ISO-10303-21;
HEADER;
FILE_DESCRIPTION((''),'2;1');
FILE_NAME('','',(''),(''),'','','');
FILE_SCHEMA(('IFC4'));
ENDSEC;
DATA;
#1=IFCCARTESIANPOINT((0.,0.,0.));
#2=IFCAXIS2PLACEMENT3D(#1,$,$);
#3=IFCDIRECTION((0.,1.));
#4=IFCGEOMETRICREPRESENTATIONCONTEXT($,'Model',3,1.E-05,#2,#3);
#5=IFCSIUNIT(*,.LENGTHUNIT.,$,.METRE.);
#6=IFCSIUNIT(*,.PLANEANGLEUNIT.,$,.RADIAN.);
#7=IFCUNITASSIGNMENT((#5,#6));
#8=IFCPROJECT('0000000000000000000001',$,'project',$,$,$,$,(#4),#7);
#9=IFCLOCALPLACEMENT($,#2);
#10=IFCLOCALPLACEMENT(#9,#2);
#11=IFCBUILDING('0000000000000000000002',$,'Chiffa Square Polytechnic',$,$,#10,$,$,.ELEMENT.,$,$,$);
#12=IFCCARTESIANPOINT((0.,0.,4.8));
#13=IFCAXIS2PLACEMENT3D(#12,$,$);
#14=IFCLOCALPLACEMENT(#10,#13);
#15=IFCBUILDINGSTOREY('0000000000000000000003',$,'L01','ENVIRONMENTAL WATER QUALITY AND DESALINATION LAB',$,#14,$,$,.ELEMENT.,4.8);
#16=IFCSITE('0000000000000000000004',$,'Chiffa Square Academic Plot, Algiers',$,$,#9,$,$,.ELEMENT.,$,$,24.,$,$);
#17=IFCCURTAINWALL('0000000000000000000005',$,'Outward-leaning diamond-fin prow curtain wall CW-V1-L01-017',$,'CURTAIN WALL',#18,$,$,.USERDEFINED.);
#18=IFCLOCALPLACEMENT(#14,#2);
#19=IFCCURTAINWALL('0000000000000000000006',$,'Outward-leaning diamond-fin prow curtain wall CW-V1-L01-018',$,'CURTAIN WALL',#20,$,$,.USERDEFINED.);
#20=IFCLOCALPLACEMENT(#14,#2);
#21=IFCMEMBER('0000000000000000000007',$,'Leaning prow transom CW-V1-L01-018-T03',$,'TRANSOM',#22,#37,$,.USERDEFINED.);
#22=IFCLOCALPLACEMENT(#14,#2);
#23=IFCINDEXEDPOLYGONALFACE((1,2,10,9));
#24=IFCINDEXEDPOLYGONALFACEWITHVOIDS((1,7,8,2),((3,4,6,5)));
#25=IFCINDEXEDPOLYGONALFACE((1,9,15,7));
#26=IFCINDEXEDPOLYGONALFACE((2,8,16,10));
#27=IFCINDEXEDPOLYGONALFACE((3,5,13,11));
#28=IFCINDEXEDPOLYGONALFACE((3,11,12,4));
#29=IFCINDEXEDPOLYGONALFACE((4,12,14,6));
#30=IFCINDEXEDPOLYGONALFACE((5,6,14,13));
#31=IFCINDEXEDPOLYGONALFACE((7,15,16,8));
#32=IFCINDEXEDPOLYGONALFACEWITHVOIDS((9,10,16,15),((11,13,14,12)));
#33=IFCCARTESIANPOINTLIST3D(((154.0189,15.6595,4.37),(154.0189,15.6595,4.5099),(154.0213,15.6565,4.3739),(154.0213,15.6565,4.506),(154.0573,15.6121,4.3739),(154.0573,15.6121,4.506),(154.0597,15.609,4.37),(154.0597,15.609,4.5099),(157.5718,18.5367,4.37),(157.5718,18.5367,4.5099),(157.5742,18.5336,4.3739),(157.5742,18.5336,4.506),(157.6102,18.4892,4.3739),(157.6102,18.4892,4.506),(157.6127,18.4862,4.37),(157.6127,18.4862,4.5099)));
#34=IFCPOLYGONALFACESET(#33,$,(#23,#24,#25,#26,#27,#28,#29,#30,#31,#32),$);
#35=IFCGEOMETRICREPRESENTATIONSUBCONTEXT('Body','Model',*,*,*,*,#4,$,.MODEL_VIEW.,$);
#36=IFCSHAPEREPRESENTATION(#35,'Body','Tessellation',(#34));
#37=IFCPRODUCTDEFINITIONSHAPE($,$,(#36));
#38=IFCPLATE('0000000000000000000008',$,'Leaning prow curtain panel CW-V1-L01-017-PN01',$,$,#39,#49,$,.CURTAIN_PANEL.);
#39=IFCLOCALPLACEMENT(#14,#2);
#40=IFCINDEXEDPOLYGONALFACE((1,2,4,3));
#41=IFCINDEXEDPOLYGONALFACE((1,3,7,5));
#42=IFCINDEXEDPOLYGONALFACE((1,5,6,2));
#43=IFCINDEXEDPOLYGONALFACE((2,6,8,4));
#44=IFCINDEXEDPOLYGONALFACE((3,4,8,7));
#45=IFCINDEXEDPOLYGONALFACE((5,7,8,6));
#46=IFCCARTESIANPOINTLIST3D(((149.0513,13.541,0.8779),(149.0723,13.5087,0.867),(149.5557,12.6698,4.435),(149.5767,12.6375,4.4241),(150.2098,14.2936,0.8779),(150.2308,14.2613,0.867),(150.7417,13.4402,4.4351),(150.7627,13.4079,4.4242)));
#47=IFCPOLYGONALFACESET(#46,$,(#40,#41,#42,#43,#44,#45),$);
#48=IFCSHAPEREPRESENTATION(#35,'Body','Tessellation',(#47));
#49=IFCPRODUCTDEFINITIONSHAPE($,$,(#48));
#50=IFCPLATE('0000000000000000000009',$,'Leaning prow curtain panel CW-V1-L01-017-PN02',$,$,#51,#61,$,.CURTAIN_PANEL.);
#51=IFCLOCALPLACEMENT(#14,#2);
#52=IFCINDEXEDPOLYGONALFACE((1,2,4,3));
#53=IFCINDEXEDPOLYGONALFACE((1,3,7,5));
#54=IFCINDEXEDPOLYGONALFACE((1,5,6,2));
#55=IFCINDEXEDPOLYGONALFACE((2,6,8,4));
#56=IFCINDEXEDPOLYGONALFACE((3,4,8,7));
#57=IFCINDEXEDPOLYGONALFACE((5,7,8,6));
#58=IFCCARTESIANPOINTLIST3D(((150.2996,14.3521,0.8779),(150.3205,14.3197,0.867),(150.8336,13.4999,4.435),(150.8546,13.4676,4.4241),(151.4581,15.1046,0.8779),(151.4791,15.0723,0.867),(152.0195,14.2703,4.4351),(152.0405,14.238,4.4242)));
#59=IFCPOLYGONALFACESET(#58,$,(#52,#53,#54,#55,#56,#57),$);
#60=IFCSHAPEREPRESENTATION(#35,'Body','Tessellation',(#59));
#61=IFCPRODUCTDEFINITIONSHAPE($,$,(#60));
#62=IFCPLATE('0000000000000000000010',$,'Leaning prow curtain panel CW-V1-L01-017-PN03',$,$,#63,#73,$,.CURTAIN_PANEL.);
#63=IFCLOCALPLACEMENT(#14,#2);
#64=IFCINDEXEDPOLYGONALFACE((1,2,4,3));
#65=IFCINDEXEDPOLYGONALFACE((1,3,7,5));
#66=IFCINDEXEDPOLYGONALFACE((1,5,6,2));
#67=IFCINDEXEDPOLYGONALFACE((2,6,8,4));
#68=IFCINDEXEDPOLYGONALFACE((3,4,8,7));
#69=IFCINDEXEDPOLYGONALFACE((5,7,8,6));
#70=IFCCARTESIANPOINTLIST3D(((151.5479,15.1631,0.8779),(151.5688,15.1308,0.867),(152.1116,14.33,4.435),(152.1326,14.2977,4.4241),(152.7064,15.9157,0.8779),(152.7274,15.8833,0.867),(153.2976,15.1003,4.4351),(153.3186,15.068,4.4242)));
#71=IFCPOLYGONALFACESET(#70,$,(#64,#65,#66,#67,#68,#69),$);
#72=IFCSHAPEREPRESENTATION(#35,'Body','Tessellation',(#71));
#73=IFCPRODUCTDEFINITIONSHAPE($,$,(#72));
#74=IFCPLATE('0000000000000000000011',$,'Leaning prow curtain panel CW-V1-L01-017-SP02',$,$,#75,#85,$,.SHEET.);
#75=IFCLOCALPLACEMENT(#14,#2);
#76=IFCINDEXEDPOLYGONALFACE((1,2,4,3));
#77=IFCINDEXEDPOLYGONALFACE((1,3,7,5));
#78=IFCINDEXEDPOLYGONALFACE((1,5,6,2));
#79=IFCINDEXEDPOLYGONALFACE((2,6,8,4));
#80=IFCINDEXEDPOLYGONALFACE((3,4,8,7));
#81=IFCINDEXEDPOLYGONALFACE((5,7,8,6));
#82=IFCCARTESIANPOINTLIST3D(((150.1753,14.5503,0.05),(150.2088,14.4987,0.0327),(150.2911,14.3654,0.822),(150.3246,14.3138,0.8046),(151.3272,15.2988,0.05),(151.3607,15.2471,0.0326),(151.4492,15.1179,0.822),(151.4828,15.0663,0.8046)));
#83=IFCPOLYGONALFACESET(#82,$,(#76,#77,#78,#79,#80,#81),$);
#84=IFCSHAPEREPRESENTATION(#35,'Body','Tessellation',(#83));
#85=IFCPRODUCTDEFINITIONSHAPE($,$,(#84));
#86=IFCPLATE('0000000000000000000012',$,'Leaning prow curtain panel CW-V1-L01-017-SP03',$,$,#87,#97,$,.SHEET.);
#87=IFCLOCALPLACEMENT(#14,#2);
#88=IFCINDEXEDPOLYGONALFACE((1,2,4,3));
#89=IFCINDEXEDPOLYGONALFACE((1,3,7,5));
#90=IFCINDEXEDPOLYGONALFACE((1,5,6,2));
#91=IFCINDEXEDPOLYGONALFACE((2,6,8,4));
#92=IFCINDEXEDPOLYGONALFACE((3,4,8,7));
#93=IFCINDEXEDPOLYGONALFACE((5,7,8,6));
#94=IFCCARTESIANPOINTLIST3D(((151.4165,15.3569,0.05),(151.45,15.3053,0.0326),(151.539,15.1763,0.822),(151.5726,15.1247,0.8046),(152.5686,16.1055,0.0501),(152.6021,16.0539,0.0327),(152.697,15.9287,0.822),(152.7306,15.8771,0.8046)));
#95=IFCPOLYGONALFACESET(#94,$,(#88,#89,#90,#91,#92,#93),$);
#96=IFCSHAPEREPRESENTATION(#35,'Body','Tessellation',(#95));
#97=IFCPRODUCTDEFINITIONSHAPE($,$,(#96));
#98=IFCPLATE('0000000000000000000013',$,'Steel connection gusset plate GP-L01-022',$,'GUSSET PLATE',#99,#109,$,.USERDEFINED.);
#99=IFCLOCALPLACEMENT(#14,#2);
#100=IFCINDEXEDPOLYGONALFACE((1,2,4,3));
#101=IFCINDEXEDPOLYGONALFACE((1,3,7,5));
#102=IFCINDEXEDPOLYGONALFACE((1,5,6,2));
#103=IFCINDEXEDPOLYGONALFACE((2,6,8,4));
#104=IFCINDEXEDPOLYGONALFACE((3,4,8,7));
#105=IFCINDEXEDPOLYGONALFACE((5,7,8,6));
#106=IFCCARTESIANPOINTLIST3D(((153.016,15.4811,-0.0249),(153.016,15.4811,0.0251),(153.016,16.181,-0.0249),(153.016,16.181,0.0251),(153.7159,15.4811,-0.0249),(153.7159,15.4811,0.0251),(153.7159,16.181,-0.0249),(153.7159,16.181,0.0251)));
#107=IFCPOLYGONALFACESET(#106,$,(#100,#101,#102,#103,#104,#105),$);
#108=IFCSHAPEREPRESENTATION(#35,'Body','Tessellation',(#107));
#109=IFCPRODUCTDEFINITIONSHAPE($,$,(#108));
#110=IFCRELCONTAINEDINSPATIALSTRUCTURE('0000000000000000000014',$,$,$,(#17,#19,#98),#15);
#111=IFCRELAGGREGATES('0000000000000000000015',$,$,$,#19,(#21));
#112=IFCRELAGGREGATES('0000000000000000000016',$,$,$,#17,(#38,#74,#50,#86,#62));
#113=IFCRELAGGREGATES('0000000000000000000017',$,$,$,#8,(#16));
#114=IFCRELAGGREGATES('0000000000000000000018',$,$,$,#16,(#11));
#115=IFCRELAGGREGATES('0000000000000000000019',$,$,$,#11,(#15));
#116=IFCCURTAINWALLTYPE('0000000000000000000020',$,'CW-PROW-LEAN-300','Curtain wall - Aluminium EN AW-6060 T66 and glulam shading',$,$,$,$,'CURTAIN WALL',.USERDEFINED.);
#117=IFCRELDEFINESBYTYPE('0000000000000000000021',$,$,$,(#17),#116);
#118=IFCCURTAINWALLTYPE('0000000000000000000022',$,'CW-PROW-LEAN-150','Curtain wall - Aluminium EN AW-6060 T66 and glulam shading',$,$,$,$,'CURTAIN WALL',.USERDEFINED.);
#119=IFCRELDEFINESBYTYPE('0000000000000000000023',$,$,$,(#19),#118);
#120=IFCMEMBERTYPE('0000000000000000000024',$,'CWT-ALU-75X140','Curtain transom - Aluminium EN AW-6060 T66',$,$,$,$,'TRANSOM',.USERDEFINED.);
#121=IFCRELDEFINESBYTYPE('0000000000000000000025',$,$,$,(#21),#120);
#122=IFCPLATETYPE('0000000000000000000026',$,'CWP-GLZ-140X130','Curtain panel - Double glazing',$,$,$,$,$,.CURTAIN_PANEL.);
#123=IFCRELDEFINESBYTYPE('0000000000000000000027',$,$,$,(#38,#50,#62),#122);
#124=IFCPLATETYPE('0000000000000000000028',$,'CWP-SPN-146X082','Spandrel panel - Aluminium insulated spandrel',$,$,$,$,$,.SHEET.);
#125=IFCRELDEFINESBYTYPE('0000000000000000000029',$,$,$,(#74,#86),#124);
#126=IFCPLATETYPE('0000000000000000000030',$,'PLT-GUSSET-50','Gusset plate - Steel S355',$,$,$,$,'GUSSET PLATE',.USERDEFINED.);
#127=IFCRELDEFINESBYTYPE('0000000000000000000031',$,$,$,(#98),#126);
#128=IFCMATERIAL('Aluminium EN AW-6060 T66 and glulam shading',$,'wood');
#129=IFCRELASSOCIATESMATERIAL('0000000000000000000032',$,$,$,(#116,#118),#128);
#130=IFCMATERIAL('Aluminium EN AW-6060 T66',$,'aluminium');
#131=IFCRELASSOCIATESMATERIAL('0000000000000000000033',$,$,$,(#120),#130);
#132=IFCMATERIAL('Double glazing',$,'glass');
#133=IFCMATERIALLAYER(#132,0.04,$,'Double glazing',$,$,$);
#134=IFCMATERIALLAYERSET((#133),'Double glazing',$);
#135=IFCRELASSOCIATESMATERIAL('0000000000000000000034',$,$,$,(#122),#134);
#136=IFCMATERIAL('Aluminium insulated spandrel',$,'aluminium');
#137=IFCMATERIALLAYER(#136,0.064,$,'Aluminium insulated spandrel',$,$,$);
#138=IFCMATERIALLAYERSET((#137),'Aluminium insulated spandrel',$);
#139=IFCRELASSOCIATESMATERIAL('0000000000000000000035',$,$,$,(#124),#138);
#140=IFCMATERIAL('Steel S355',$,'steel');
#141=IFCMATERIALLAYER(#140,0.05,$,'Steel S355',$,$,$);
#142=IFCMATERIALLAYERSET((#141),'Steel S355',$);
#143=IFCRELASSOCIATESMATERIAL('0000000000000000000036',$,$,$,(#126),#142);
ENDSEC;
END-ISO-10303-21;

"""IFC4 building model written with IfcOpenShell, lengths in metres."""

from ifc_helpers import new_model, si_unit, direction, frame, origin, origin_2d, place, context, subcontext, project, spatial, polyline, rectangle, hollow_rectangle, outline, extrude, material, layer, layer_set, material_profile, profile_set, type_object, element, aggregate, save


model = new_model("IFC4")

# Units and contexts
model_context = context("Model", 3, precision=1e-05, world=origin(), true_north=direction((0.0, 1.0)))
body_context = subcontext(model_context, "Body", "Model", "MODEL_VIEW")
ifc_project = project(units=[si_unit("LENGTHUNIT", "METRE"), si_unit("PLANEANGLEUNIT", "RADIAN")], contexts=[model_context])

# Site, building, storey
site_placement = place(None, origin())
site = spatial("IfcSite", under=ifc_project, at=site_placement, Name="Chiffa Square Academic Plot, Algiers", CompositionType="ELEMENT", RefElevation=24.0)
building_placement = place(site_placement, origin())
building = spatial("IfcBuilding", under=site, at=building_placement, Name="Chiffa Square Polytechnic", CompositionType="ELEMENT")
storey_placement = place(building_placement, frame((0.0, 0.0, 4.8)))
storey = spatial("IfcBuildingStorey", under=building, at=storey_placement, Name="L01", Description="ENVIRONMENTAL WATER QUALITY AND DESALINATION LAB", CompositionType="ELEMENT", Elevation=4.8)

# Shared definitions
ifc_material_1 = material(Name="Steel S355", Category="steel")

# Curtain wall
ifc_material_2 = material(Name="Aluminium EN AW-6060 T66 and glulam shading", Category="wood")
curtain_wall_type_1 = type_object("IfcCurtainWallType", Name="CW-PROW-LEAN-300", Description="Curtain wall - Aluminium EN AW-6060 T66 and glulam shading", ElementType="CURTAIN WALL", PredefinedType="USERDEFINED", material=ifc_material_2)
curtain_wall_1_placement = place(storey_placement, origin())
curtain_wall_1 = element("IfcCurtainWall", 1, at=curtain_wall_1_placement, inside=storey, type_object=curtain_wall_type_1, Name="Outward-leaning diamond-fin prow curtain wall CW-V1-L01-017", ObjectType="CURTAIN WALL", PredefinedType="USERDEFINED")
ifc_material_3 = material(Name="Aluminium EN AW-6060 T66", Category="aluminium")

# Curtain wall
curtain_wall_type_2 = type_object("IfcCurtainWallType", Name="CW-PROW-LEAN-150", Description="Curtain wall - Aluminium EN AW-6060 T66 and glulam shading", ElementType="CURTAIN WALL", PredefinedType="USERDEFINED", material=ifc_material_2)
curtain_wall_2_placement = place(storey_placement, origin())
curtain_wall_2 = element("IfcCurtainWall", 2, at=curtain_wall_2_placement, inside=storey, type_object=curtain_wall_type_2, Name="Outward-leaning diamond-fin prow curtain wall CW-V1-L01-018", ObjectType="CURTAIN WALL", PredefinedType="USERDEFINED")

# Member
ifc_material_profile_1 = material_profile(ifc_material_3, hollow_rectangle(XDim=0.0649, YDim=0.1399, WallThickness=0.0039, at=origin_2d()), Name="ALU 65x140x4")
ifc_profile_set_1 = profile_set([ifc_material_profile_1], Name="Aluminium EN AW-6060 T66")
member_type_1 = type_object("IfcMemberType", Name="CWT-ALU-75X140", Description="Curtain transom - Aluminium EN AW-6060 T66", ElementType="TRANSOM", PredefinedType="USERDEFINED", material=ifc_profile_set_1)
member_1_placement = place(storey_placement, frame((154.0393, 15.6343, 4.4399), z_axis=(0.77714, 0.629327, 0.0), x_axis=(-0.629327, 0.77714, 0.0)))
member_1 = element("IfcMember", 3, at=member_1_placement, type_object=member_type_1, Name="Leaning prow transom CW-V1-L01-018-T03", ObjectType="TRANSOM", PredefinedType="USERDEFINED", context=body_context, shape_type="SweptSolid", body=[
    extrude(hollow_rectangle(XDim=0.0649, YDim=0.1399, WallThickness=0.0039, at=origin_2d()), origin(), (0.0, 0.0, 1.0), 4.5718),
])
aggregate(curtain_wall_2, [member_1])

# Plates
ifc_material_4 = material(Name="Double glazing", Category="glass")
ifc_layer_1 = layer(ifc_material_4, 0.04, Name="Double glazing")
ifc_layer_set_1 = layer_set([ifc_layer_1], Name="Double glazing")
plate_type_1 = type_object("IfcPlateType", Name="CWP-GLZ-140X130", Description="Curtain panel - Double glazing", PredefinedType="CURTAIN_PANEL", material=ifc_layer_set_1)
plate_1_placement = place(storey_placement, frame((149.0513, 13.541, 0.8779), z_axis=(-0.524209, 0.806986, 0.271991), x_axis=(0.838597, 0.544752, -0.000027)))
plate_1 = element("IfcPlate", 4, at=plate_1_placement, type_object=plate_type_1, Name="Leaning prow curtain panel CW-V1-L01-017-PN01", PredefinedType="CURTAIN_PANEL", context=body_context, shape_type="SweptSolid", body=[
    extrude(outline(polyline([(0.0, 0.0), (1.3815, 0.0), (1.3626, -3.6965), (-0.0516, -3.6964), (0.0, 0.0)])), origin(), (0.0, 0.0, -1.0), 0.04),
])
plate_2_placement = place(storey_placement, frame((150.2996, 14.3521, 0.8779), z_axis=(-0.524204, 0.806978, 0.272022), x_axis=(0.838597, 0.544752, -0.000027)))
plate_2 = element("IfcPlate", 5, at=plate_2_placement, type_object=plate_type_1, Name="Leaning prow curtain panel CW-V1-L01-017-PN02", PredefinedType="CURTAIN_PANEL", context=body_context, shape_type="SweptSolid", body=[
    extrude(outline(polyline([(0.0, 0.0), (1.3815, 0.0), (1.3977, -3.6966), (-0.0165, -3.6965), (0.0, 0.0)])), origin(), (0.0, 0.0, -1.0), 0.04),
])
plate_3_placement = place(storey_placement, frame((151.5479, 15.1631, 0.8779), z_axis=(-0.524194, 0.806963, 0.272086), x_axis=(0.838597, 0.544752, -0.000027)))
plate_3 = element("IfcPlate", 6, at=plate_3_placement, type_object=plate_type_1, Name="Leaning prow curtain panel CW-V1-L01-017-PN03", PredefinedType="CURTAIN_PANEL", context=body_context, shape_type="SweptSolid", body=[
    extrude(outline(polyline([(0.0, 0.0), (1.3815, 0.0), (1.4331, -3.6966), (0.0189, -3.6966), (0.0, 0.0)])), origin(), (0.0, 0.0, -1.0), 0.04),
])
ifc_material_5 = material(Name="Aluminium insulated spandrel", Category="aluminium")
ifc_layer_2 = layer(ifc_material_5, 0.064, Name="Aluminium insulated spandrel")
ifc_layer_set_2 = layer_set([ifc_layer_2], Name="Aluminium insulated spandrel")
plate_type_2 = type_object("IfcPlateType", Name="CWP-SPN-146X082", Description="Spandrel panel - Aluminium insulated spandrel", PredefinedType="SHEET", material=ifc_layer_set_2)
plate_4_placement = place(storey_placement, frame((150.1753, 14.5503, 0.05), z_axis=(-0.524318, 0.806945, 0.271899), x_axis=(0.838534, 0.544849, -0.000017)))
plate_4 = element("IfcPlate", 7, at=plate_4_placement, type_object=plate_type_2, Name="Leaning prow curtain panel CW-V1-L01-017-SP02", PredefinedType="SHEET", context=body_context, shape_type="SweptSolid", body=[
    extrude(outline(polyline([(0.0, 0.0), (1.3737, 0.0), (1.3775, -0.8022), (-0.0037, -0.8022), (0.0, 0.0)])), origin(), (0.0, 0.0, -1.0), 0.064),
])
plate_5_placement = place(storey_placement, frame((151.4165, 15.3569, 0.05), z_axis=(-0.524299, 0.806915, 0.272028), x_axis=(0.838538, 0.544843, 0.000008)))
plate_5 = element("IfcPlate", 8, at=plate_5_placement, type_object=plate_type_2, Name="Leaning prow curtain panel CW-V1-L01-017-SP03", PredefinedType="SHEET", context=body_context, shape_type="SweptSolid", body=[
    extrude(outline(polyline([(0.0, 0.0), (1.3739, 0.0), (1.3853, -0.8022), (0.0043, -0.8022), (0.0, 0.0)])), origin(), (0.0, 0.0, -1.0), 0.064),
])
aggregate(curtain_wall_1, [plate_1, plate_4, plate_2, plate_5, plate_3])
ifc_layer_3 = layer(ifc_material_1, 0.05, Name="Steel S355")
ifc_layer_set_3 = layer_set([ifc_layer_3], Name="Steel S355")
plate_type_3 = type_object("IfcPlateType", Name="PLT-GUSSET-50", Description="Gusset plate - Steel S355", ElementType="GUSSET PLATE", PredefinedType="USERDEFINED", material=ifc_layer_set_3)
plate_6_placement = place(storey_placement, frame((153.366, 15.8311, -0.0249), z_axis=(0.0, 0.0, 1.0), x_axis=(1.0, 0.0, 0.0)))
element("IfcPlate", 9, at=plate_6_placement, inside=storey, type_object=plate_type_3, Name="Steel connection gusset plate GP-L01-022", ObjectType="GUSSET PLATE", PredefinedType="USERDEFINED", context=body_context, shape_type="SweptSolid", body=[
    extrude(rectangle(XDim=0.7, YDim=0.7, at=origin_2d()), origin(), (0.0, 0.0, 1.0), 0.05),
])

save(model, "model.ifc")
